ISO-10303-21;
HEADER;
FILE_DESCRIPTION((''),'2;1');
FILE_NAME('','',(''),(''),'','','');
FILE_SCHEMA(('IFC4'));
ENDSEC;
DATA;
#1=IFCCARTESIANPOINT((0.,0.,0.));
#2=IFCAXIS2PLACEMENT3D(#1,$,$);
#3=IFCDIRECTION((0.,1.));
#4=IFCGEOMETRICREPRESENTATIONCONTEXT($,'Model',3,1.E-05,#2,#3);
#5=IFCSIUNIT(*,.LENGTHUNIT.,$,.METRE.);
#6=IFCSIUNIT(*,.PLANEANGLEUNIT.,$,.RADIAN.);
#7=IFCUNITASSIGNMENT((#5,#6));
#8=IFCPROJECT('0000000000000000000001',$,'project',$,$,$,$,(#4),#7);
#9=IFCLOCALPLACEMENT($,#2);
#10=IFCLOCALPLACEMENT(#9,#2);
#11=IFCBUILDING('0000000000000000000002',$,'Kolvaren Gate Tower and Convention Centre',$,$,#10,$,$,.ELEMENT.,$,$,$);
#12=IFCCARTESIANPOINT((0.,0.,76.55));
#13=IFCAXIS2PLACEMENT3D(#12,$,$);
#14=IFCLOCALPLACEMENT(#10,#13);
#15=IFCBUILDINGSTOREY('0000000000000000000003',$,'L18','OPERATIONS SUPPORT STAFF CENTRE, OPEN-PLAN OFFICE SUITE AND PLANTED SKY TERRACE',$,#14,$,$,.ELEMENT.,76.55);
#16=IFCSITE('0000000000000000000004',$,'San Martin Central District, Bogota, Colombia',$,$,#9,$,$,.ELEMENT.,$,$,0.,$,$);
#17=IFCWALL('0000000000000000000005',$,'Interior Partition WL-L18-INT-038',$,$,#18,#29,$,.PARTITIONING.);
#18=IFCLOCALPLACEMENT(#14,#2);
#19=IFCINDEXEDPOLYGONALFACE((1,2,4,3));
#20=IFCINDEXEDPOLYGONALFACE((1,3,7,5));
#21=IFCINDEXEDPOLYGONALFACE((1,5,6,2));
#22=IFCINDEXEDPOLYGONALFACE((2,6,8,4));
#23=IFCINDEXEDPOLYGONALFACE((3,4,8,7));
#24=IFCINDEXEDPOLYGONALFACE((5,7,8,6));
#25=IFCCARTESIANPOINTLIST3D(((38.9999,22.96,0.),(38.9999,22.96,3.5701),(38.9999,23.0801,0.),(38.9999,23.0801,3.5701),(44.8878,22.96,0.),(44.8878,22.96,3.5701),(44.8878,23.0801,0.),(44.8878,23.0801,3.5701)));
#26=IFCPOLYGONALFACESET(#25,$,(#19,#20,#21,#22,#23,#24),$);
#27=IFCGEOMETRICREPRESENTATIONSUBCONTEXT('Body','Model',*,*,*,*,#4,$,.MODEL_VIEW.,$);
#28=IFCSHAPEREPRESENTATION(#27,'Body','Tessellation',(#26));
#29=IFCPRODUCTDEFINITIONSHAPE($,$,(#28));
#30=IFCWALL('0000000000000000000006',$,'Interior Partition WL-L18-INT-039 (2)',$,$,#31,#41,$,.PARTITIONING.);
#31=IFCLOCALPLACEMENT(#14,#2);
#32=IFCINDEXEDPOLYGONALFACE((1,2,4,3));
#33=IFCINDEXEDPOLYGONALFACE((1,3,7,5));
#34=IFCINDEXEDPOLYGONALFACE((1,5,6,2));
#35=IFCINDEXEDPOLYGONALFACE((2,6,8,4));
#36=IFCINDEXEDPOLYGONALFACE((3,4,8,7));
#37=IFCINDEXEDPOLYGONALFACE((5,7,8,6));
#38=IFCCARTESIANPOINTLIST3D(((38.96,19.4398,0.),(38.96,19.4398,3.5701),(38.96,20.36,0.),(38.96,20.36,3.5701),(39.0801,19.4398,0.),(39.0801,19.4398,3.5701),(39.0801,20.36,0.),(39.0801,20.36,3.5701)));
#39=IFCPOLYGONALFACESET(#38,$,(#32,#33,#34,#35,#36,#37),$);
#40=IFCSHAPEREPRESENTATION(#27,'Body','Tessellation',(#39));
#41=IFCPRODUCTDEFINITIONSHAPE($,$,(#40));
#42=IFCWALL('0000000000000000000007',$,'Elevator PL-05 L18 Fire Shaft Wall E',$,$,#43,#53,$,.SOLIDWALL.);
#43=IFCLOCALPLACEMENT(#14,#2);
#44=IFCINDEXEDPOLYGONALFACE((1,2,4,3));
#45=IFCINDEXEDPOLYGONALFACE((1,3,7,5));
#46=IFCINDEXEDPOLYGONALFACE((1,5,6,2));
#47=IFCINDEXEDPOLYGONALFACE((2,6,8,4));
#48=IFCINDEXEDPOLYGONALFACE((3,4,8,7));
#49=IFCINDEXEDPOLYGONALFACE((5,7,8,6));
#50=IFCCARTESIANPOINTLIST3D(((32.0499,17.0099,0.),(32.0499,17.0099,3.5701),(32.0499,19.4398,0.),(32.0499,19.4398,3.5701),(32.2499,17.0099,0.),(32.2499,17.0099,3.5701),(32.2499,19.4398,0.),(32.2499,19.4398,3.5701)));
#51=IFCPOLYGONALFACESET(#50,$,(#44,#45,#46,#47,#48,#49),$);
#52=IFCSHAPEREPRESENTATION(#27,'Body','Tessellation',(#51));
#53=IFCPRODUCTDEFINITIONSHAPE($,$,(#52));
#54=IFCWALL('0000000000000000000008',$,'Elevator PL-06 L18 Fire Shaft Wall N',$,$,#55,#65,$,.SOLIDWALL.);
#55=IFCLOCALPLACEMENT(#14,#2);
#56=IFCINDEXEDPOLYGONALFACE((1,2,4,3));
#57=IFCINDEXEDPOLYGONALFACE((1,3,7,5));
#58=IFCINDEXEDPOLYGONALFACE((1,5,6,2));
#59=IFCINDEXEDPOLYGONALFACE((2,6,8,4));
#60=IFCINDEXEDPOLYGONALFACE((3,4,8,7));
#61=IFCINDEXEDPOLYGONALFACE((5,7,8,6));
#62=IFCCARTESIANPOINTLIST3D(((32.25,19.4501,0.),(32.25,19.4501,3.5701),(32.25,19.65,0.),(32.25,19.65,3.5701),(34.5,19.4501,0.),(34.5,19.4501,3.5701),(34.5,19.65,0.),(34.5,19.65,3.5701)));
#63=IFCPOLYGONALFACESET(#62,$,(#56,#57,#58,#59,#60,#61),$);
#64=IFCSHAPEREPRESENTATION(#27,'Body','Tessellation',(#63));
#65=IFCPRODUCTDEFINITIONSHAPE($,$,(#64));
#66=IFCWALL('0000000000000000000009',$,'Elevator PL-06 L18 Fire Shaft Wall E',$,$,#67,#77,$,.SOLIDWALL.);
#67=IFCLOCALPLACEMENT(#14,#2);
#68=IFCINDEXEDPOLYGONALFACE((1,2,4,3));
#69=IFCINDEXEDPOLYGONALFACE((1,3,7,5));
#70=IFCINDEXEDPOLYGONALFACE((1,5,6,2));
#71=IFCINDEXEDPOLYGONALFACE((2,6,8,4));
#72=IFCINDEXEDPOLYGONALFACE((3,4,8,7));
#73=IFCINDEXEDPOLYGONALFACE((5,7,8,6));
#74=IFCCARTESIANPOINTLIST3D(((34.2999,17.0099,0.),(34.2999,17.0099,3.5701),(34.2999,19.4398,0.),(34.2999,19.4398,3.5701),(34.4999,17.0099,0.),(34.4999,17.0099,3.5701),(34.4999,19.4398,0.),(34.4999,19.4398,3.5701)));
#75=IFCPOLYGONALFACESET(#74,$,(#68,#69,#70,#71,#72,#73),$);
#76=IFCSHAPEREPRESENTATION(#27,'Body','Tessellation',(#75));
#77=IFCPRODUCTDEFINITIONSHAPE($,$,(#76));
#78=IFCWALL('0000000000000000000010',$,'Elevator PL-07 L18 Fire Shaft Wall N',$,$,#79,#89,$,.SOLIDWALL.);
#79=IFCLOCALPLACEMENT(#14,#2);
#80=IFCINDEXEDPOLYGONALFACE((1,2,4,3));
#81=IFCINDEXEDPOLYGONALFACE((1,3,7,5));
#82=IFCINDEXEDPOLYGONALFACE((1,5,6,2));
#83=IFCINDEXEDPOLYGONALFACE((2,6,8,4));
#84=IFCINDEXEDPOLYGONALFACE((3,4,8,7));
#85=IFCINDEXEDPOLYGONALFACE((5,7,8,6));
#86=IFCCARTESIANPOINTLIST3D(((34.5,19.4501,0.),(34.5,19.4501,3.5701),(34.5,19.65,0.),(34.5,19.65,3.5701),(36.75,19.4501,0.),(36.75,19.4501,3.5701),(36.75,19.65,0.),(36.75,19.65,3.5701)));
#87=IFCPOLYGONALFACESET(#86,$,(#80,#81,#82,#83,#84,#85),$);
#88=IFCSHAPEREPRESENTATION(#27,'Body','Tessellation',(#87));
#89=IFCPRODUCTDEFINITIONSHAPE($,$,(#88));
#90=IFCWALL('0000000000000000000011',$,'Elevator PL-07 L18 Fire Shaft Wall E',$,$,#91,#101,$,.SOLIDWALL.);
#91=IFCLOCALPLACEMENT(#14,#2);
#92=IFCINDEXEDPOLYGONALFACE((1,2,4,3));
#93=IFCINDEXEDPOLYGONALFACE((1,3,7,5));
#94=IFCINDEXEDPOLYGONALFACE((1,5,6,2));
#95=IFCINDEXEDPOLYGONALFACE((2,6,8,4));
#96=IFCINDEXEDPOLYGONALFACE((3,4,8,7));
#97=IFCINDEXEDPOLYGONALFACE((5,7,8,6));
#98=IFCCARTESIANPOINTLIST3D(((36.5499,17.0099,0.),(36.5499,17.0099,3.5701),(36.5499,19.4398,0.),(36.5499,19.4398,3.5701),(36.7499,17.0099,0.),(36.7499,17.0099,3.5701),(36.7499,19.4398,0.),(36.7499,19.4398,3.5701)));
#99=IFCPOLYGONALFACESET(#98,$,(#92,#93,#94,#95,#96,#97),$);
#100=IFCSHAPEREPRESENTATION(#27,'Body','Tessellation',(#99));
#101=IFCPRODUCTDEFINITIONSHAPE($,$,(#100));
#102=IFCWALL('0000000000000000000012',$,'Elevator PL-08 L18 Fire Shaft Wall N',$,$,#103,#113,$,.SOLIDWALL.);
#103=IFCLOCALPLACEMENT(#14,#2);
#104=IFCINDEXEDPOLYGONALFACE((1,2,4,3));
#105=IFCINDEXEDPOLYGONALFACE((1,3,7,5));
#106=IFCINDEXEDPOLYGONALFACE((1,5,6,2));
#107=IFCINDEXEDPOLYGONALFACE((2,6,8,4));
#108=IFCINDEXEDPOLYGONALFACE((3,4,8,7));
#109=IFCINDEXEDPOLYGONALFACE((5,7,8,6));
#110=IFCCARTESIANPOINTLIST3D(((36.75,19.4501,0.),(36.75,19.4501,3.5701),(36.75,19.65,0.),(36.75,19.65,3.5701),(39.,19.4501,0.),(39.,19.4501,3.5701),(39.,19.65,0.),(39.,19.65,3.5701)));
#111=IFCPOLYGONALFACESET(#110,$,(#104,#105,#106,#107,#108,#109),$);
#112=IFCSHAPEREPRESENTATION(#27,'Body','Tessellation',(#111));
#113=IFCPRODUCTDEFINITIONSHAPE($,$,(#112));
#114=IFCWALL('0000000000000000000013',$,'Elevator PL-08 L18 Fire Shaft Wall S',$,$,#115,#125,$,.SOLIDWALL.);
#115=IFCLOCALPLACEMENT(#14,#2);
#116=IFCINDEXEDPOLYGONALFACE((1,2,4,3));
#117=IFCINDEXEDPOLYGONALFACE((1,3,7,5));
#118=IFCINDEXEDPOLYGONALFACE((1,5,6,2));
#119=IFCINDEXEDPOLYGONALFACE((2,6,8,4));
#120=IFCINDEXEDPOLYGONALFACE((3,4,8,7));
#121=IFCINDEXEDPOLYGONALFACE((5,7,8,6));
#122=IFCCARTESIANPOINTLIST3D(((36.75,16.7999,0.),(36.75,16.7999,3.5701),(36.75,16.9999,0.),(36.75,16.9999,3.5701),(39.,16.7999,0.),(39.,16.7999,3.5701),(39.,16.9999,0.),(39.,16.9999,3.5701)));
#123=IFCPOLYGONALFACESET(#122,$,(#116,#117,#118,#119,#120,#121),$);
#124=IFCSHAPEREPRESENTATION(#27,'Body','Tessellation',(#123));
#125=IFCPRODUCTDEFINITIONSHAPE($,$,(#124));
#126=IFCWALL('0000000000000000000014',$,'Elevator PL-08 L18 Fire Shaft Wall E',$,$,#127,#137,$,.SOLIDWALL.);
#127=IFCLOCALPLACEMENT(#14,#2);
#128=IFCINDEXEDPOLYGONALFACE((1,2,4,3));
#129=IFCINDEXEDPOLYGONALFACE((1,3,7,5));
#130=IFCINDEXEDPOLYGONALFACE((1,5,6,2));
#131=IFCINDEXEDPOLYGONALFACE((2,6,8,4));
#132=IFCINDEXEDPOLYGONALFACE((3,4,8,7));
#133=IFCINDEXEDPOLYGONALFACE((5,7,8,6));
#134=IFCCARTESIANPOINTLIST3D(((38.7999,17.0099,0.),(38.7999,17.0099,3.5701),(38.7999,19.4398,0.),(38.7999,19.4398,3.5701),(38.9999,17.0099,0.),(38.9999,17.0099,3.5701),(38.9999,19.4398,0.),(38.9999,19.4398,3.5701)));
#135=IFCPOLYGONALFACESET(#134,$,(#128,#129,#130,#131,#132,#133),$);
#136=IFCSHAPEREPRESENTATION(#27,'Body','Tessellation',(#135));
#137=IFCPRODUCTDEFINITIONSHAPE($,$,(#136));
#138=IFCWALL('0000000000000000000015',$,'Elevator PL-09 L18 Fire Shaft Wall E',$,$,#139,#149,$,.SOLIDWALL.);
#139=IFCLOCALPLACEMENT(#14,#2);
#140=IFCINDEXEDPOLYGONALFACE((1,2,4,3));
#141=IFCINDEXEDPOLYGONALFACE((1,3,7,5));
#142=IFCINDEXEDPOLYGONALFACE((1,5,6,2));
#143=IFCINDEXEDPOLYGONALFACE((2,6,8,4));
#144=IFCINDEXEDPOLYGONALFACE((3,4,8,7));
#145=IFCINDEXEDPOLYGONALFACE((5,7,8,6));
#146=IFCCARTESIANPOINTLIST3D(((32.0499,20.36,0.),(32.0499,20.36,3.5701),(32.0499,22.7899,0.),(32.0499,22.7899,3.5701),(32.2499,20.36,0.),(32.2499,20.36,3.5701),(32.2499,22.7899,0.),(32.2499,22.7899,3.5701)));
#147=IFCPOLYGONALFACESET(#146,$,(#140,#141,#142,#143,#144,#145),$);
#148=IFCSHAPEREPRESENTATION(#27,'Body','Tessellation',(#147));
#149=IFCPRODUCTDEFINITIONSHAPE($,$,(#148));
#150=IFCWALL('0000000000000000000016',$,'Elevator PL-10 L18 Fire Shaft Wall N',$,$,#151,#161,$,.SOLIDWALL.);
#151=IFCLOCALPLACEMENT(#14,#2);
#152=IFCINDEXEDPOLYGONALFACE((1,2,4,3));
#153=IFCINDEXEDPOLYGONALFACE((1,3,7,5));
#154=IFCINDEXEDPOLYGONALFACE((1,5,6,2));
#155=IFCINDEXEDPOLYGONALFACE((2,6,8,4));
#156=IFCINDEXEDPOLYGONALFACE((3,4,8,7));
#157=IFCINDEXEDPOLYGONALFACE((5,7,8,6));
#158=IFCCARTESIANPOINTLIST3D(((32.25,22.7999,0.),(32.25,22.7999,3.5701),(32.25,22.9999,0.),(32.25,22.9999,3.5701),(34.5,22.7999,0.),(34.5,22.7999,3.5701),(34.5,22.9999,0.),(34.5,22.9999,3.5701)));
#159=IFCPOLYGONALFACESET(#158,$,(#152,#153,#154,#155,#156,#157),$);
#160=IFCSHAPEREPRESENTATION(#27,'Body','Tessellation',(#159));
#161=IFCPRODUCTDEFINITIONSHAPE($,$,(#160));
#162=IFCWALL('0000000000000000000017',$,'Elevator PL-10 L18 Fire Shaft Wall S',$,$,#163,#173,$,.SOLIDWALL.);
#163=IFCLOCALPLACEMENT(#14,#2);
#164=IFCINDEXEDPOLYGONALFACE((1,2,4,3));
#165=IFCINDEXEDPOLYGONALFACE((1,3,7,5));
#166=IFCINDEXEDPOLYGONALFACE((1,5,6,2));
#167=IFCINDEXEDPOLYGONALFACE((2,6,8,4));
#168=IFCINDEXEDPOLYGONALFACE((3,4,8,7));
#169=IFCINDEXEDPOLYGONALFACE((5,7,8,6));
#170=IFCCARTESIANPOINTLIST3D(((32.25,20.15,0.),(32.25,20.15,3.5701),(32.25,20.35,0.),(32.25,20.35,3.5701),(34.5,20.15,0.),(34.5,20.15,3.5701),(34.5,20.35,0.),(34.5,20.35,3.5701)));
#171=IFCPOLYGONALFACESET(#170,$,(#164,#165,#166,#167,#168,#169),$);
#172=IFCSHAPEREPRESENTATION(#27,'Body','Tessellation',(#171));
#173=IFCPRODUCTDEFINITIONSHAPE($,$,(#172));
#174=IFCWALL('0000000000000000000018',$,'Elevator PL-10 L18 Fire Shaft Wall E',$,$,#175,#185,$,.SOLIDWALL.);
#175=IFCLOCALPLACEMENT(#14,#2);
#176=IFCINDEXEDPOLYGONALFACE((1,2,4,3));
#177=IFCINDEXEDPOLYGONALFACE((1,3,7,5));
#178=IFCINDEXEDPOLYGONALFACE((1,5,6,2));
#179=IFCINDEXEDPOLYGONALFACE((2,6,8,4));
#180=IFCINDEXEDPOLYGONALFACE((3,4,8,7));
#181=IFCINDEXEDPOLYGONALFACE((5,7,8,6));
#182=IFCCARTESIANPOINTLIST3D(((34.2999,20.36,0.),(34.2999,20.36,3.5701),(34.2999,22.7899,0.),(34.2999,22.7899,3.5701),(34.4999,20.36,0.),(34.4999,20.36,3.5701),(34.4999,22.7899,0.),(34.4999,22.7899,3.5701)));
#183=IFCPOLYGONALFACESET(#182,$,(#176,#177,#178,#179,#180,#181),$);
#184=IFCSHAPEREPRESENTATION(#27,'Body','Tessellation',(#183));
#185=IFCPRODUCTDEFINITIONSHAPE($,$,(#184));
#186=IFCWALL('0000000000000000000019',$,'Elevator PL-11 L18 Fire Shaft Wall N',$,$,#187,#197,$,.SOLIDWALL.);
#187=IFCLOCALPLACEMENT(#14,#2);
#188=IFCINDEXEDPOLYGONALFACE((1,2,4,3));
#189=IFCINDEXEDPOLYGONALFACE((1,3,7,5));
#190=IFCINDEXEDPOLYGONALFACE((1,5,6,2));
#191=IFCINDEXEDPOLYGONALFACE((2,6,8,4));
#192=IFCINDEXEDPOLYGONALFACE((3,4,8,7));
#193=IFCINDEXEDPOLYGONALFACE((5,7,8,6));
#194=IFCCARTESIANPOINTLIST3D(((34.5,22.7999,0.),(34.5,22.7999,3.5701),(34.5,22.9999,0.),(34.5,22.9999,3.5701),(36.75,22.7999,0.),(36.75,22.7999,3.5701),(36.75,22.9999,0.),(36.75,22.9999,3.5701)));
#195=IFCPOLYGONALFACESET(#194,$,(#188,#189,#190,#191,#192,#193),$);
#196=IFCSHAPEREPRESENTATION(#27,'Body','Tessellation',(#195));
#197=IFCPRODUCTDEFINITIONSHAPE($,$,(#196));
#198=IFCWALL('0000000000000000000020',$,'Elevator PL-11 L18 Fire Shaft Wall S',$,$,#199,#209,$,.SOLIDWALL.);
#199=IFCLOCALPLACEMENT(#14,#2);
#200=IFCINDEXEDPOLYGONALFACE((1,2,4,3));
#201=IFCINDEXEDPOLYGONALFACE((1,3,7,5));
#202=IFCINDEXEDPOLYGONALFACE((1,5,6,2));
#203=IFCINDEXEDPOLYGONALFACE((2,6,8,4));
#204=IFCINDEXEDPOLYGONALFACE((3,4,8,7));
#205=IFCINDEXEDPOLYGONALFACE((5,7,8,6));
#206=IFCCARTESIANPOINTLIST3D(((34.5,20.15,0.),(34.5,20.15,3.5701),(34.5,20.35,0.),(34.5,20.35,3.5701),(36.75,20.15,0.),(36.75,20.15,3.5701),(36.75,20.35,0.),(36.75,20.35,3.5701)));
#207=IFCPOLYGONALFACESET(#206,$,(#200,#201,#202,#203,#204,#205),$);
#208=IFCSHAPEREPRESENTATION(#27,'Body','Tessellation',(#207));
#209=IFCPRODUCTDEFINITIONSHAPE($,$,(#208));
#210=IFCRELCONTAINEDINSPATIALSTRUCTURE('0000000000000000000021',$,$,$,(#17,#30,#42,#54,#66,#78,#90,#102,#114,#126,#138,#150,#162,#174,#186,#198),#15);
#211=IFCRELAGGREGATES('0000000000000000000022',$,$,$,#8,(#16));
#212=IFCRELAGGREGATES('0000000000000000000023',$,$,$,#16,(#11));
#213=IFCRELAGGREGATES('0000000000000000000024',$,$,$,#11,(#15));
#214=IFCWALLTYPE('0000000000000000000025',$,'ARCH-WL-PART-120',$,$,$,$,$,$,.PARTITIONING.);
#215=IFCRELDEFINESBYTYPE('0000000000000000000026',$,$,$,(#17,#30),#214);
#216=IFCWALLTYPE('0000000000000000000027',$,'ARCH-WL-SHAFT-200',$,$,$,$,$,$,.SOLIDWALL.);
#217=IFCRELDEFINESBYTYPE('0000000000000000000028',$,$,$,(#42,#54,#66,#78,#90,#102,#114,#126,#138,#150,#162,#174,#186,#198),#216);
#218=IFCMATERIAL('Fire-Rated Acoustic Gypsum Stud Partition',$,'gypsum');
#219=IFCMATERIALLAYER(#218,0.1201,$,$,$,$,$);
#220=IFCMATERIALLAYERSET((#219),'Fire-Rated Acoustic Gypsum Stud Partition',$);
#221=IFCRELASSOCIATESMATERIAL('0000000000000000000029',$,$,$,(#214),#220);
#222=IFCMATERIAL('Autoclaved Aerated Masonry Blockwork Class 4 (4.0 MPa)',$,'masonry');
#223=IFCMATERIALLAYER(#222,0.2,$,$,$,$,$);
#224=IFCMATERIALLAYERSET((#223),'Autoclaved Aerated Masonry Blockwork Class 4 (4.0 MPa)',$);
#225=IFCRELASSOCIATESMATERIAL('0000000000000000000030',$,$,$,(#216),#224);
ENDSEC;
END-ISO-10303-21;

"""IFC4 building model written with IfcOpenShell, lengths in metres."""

from ifc_helpers import new_model, si_unit, direction, frame, frame_2d, origin, place, context, subcontext, project, spatial, rectangle, extrude, material, layer, layer_set, type_object, element, save


model = new_model("IFC4")

# Units and contexts
model_context = context("Model", 3, precision=1e-05, world=origin(), true_north=direction((0.0, 1.0)))
body_context = subcontext(model_context, "Body", "Model", "MODEL_VIEW")
ifc_project = project(units=[si_unit("LENGTHUNIT", "METRE"), si_unit("PLANEANGLEUNIT", "RADIAN")], contexts=[model_context])

# Site, building, storey
site_placement = place(None, origin())
site = spatial("IfcSite", under=ifc_project, at=site_placement, Name="San Martin Central District, Bogota, Colombia", CompositionType="ELEMENT", RefElevation=0.0)
building_placement = place(site_placement, origin())
building = spatial("IfcBuilding", under=site, at=building_placement, Name="Kolvaren Gate Tower and Convention Centre", CompositionType="ELEMENT")
storey_placement = place(building_placement, frame((0.0, 0.0, 76.55)))
storey = spatial("IfcBuildingStorey", under=building, at=storey_placement, Name="L18", Description="OPERATIONS SUPPORT STAFF CENTRE, OPEN-PLAN OFFICE SUITE AND PLANTED SKY TERRACE", CompositionType="ELEMENT", Elevation=76.55)

# Walls
ifc_material_1 = material(Name="Fire-Rated Acoustic Gypsum Stud Partition", Category="gypsum")
ifc_layer_1 = layer(ifc_material_1, 0.1201)
ifc_layer_set_1 = layer_set([ifc_layer_1], Name="Fire-Rated Acoustic Gypsum Stud Partition")
wall_type_1 = type_object("IfcWallType", Name="ARCH-WL-PART-120", PredefinedType="PARTITIONING", material=ifc_layer_set_1)
wall_1_placement = place(storey_placement, frame((39.0, 23.02, 0.0), z_axis=(0.0, 0.0, 1.0), x_axis=(1.0, 0.0, 0.0)))
element("IfcWall", 1, at=wall_1_placement, inside=storey, type_object=wall_type_1, Name="Interior Partition WL-L18-INT-038", PredefinedType="PARTITIONING", context=body_context, shape_type="SweptSolid", body=[
    extrude(rectangle(XDim=5.8879, YDim=0.1201, at=frame_2d((2.9438, 0.0))), origin(), (0.0, 0.0, 1.0), 3.5701),
])
wall_2_placement = place(storey_placement, frame((39.02, 19.4399, 0.0), z_axis=(0.0, 0.0, 1.0), x_axis=(0.0, 1.0, 0.0)))
element("IfcWall", 2, at=wall_2_placement, inside=storey, type_object=wall_type_1, Name="Interior Partition WL-L18-INT-039 (2)", PredefinedType="PARTITIONING", context=body_context, shape_type="SweptSolid", body=[
    extrude(rectangle(XDim=0.9202, YDim=0.1201, at=frame_2d((0.46, 0.0))), origin(), (0.0, 0.0, 1.0), 3.5701),
])
ifc_material_2 = material(Name="Autoclaved Aerated Masonry Blockwork Class 4 (4.0 MPa)", Category="masonry")
ifc_layer_2 = layer(ifc_material_2, 0.2)
ifc_layer_set_2 = layer_set([ifc_layer_2], Name="Autoclaved Aerated Masonry Blockwork Class 4 (4.0 MPa)")
wall_type_2 = type_object("IfcWallType", Name="ARCH-WL-SHAFT-200", PredefinedType="SOLIDWALL", material=ifc_layer_set_2)
wall_3_placement = place(storey_placement, frame((32.1499, 17.01, 0.0), z_axis=(0.0, 0.0, 1.0), x_axis=(0.0, 1.0, 0.0)))
element("IfcWall", 3, at=wall_3_placement, inside=storey, type_object=wall_type_2, Name="Elevator PL-05 L18 Fire Shaft Wall E", PredefinedType="SOLIDWALL", context=body_context, shape_type="SweptSolid", body=[
    extrude(rectangle(XDim=2.4299, YDim=0.2, at=frame_2d((1.2148, 0.0))), origin(), (0.0, 0.0, 1.0), 3.5701),
])
wall_4_placement = place(storey_placement, frame((32.25, 19.55, 0.0), z_axis=(0.0, 0.0, 1.0), x_axis=(1.0, 0.0, 0.0)))
element("IfcWall", 4, at=wall_4_placement, inside=storey, type_object=wall_type_2, Name="Elevator PL-06 L18 Fire Shaft Wall N", PredefinedType="SOLIDWALL", context=body_context, shape_type="SweptSolid", body=[
    extrude(rectangle(XDim=2.25, YDim=0.2, at=frame_2d((1.125, 0.0))), origin(), (0.0, 0.0, 1.0), 3.5701),
])
wall_5_placement = place(storey_placement, frame((34.3999, 17.01, 0.0), z_axis=(0.0, 0.0, 1.0), x_axis=(0.0, 1.0, 0.0)))
element("IfcWall", 5, at=wall_5_placement, inside=storey, type_object=wall_type_2, Name="Elevator PL-06 L18 Fire Shaft Wall E", PredefinedType="SOLIDWALL", context=body_context, shape_type="SweptSolid", body=[
    extrude(rectangle(XDim=2.4299, YDim=0.2, at=frame_2d((1.2148, 0.0))), origin(), (0.0, 0.0, 1.0), 3.5701),
])
wall_6_placement = place(storey_placement, frame((34.5, 19.55, 0.0), z_axis=(0.0, 0.0, 1.0), x_axis=(1.0, 0.0, 0.0)))
element("IfcWall", 6, at=wall_6_placement, inside=storey, type_object=wall_type_2, Name="Elevator PL-07 L18 Fire Shaft Wall N", PredefinedType="SOLIDWALL", context=body_context, shape_type="SweptSolid", body=[
    extrude(rectangle(XDim=2.25, YDim=0.2, at=frame_2d((1.125, 0.0))), origin(), (0.0, 0.0, 1.0), 3.5701),
])
wall_7_placement = place(storey_placement, frame((36.6499, 17.01, 0.0), z_axis=(0.0, 0.0, 1.0), x_axis=(0.0, 1.0, 0.0)))
element("IfcWall", 7, at=wall_7_placement, inside=storey, type_object=wall_type_2, Name="Elevator PL-07 L18 Fire Shaft Wall E", PredefinedType="SOLIDWALL", context=body_context, shape_type="SweptSolid", body=[
    extrude(rectangle(XDim=2.4299, YDim=0.2, at=frame_2d((1.2148, 0.0))), origin(), (0.0, 0.0, 1.0), 3.5701),
])
for number, where, z_axis, x_axis, name in (
    (8, (36.75, 19.55, 0.0), (0.0, 0.0, 1.0), (1.0, 0.0, 0.0), "Elevator PL-08 L18 Fire Shaft Wall N"),
    (9, (36.75, 16.8999, 0.0), (0.0, 0.0, 1.0), (1.0, 0.0, 0.0), "Elevator PL-08 L18 Fire Shaft Wall S"),
):
    element("IfcWall", number, at=place(storey_placement, frame(where, z_axis=z_axis, x_axis=x_axis)), inside=storey, type_object=wall_type_2, Name=name, PredefinedType="SOLIDWALL", context=body_context, shape_type="SweptSolid", body=[
        extrude(rectangle(XDim=2.25, YDim=0.2, at=frame_2d((1.125, 0.0))), origin(), (0.0, 0.0, 1.0), 3.5701),
    ])
for number, where, z_axis, x_axis, name in (
    (10, (38.8999, 17.01, 0.0), (0.0, 0.0, 1.0), (0.0, 1.0, 0.0), "Elevator PL-08 L18 Fire Shaft Wall E"),
    (11, (32.1499, 20.3601, 0.0), (0.0, 0.0, 1.0), (0.0, 1.0, 0.0), "Elevator PL-09 L18 Fire Shaft Wall E"),
):
    element("IfcWall", number, at=place(storey_placement, frame(where, z_axis=z_axis, x_axis=x_axis)), inside=storey, type_object=wall_type_2, Name=name, PredefinedType="SOLIDWALL", context=body_context, shape_type="SweptSolid", body=[
        extrude(rectangle(XDim=2.4299, YDim=0.2, at=frame_2d((1.2148, 0.0))), origin(), (0.0, 0.0, 1.0), 3.5701),
    ])
for number, where, z_axis, x_axis, name in (
    (12, (32.25, 22.8999, 0.0), (0.0, 0.0, 1.0), (1.0, 0.0, 0.0), "Elevator PL-10 L18 Fire Shaft Wall N"),
    (13, (32.25, 20.25, 0.0), (0.0, 0.0, 1.0), (1.0, 0.0, 0.0), "Elevator PL-10 L18 Fire Shaft Wall S"),
):
    element("IfcWall", number, at=place(storey_placement, frame(where, z_axis=z_axis, x_axis=x_axis)), inside=storey, type_object=wall_type_2, Name=name, PredefinedType="SOLIDWALL", context=body_context, shape_type="SweptSolid", body=[
        extrude(rectangle(XDim=2.25, YDim=0.2, at=frame_2d((1.125, 0.0))), origin(), (0.0, 0.0, 1.0), 3.5701),
    ])
wall_8_placement = place(storey_placement, frame((34.3999, 20.3601, 0.0), z_axis=(0.0, 0.0, 1.0), x_axis=(0.0, 1.0, 0.0)))
element("IfcWall", 14, at=wall_8_placement, inside=storey, type_object=wall_type_2, Name="Elevator PL-10 L18 Fire Shaft Wall E", PredefinedType="SOLIDWALL", context=body_context, shape_type="SweptSolid", body=[
    extrude(rectangle(XDim=2.4299, YDim=0.2, at=frame_2d((1.2148, 0.0))), origin(), (0.0, 0.0, 1.0), 3.5701),
])
for number, where, z_axis, x_axis, name in (
    (15, (34.5, 22.8999, 0.0), (0.0, 0.0, 1.0), (1.0, 0.0, 0.0), "Elevator PL-11 L18 Fire Shaft Wall N"),
    (16, (34.5, 20.25, 0.0), (0.0, 0.0, 1.0), (1.0, 0.0, 0.0), "Elevator PL-11 L18 Fire Shaft Wall S"),
):
    element("IfcWall", number, at=place(storey_placement, frame(where, z_axis=z_axis, x_axis=x_axis)), inside=storey, type_object=wall_type_2, Name=name, PredefinedType="SOLIDWALL", context=body_context, shape_type="SweptSolid", body=[
        extrude(rectangle(XDim=2.25, YDim=0.2, at=frame_2d((1.125, 0.0))), origin(), (0.0, 0.0, 1.0), 3.5701),
    ])

save(model, "model.ifc")
